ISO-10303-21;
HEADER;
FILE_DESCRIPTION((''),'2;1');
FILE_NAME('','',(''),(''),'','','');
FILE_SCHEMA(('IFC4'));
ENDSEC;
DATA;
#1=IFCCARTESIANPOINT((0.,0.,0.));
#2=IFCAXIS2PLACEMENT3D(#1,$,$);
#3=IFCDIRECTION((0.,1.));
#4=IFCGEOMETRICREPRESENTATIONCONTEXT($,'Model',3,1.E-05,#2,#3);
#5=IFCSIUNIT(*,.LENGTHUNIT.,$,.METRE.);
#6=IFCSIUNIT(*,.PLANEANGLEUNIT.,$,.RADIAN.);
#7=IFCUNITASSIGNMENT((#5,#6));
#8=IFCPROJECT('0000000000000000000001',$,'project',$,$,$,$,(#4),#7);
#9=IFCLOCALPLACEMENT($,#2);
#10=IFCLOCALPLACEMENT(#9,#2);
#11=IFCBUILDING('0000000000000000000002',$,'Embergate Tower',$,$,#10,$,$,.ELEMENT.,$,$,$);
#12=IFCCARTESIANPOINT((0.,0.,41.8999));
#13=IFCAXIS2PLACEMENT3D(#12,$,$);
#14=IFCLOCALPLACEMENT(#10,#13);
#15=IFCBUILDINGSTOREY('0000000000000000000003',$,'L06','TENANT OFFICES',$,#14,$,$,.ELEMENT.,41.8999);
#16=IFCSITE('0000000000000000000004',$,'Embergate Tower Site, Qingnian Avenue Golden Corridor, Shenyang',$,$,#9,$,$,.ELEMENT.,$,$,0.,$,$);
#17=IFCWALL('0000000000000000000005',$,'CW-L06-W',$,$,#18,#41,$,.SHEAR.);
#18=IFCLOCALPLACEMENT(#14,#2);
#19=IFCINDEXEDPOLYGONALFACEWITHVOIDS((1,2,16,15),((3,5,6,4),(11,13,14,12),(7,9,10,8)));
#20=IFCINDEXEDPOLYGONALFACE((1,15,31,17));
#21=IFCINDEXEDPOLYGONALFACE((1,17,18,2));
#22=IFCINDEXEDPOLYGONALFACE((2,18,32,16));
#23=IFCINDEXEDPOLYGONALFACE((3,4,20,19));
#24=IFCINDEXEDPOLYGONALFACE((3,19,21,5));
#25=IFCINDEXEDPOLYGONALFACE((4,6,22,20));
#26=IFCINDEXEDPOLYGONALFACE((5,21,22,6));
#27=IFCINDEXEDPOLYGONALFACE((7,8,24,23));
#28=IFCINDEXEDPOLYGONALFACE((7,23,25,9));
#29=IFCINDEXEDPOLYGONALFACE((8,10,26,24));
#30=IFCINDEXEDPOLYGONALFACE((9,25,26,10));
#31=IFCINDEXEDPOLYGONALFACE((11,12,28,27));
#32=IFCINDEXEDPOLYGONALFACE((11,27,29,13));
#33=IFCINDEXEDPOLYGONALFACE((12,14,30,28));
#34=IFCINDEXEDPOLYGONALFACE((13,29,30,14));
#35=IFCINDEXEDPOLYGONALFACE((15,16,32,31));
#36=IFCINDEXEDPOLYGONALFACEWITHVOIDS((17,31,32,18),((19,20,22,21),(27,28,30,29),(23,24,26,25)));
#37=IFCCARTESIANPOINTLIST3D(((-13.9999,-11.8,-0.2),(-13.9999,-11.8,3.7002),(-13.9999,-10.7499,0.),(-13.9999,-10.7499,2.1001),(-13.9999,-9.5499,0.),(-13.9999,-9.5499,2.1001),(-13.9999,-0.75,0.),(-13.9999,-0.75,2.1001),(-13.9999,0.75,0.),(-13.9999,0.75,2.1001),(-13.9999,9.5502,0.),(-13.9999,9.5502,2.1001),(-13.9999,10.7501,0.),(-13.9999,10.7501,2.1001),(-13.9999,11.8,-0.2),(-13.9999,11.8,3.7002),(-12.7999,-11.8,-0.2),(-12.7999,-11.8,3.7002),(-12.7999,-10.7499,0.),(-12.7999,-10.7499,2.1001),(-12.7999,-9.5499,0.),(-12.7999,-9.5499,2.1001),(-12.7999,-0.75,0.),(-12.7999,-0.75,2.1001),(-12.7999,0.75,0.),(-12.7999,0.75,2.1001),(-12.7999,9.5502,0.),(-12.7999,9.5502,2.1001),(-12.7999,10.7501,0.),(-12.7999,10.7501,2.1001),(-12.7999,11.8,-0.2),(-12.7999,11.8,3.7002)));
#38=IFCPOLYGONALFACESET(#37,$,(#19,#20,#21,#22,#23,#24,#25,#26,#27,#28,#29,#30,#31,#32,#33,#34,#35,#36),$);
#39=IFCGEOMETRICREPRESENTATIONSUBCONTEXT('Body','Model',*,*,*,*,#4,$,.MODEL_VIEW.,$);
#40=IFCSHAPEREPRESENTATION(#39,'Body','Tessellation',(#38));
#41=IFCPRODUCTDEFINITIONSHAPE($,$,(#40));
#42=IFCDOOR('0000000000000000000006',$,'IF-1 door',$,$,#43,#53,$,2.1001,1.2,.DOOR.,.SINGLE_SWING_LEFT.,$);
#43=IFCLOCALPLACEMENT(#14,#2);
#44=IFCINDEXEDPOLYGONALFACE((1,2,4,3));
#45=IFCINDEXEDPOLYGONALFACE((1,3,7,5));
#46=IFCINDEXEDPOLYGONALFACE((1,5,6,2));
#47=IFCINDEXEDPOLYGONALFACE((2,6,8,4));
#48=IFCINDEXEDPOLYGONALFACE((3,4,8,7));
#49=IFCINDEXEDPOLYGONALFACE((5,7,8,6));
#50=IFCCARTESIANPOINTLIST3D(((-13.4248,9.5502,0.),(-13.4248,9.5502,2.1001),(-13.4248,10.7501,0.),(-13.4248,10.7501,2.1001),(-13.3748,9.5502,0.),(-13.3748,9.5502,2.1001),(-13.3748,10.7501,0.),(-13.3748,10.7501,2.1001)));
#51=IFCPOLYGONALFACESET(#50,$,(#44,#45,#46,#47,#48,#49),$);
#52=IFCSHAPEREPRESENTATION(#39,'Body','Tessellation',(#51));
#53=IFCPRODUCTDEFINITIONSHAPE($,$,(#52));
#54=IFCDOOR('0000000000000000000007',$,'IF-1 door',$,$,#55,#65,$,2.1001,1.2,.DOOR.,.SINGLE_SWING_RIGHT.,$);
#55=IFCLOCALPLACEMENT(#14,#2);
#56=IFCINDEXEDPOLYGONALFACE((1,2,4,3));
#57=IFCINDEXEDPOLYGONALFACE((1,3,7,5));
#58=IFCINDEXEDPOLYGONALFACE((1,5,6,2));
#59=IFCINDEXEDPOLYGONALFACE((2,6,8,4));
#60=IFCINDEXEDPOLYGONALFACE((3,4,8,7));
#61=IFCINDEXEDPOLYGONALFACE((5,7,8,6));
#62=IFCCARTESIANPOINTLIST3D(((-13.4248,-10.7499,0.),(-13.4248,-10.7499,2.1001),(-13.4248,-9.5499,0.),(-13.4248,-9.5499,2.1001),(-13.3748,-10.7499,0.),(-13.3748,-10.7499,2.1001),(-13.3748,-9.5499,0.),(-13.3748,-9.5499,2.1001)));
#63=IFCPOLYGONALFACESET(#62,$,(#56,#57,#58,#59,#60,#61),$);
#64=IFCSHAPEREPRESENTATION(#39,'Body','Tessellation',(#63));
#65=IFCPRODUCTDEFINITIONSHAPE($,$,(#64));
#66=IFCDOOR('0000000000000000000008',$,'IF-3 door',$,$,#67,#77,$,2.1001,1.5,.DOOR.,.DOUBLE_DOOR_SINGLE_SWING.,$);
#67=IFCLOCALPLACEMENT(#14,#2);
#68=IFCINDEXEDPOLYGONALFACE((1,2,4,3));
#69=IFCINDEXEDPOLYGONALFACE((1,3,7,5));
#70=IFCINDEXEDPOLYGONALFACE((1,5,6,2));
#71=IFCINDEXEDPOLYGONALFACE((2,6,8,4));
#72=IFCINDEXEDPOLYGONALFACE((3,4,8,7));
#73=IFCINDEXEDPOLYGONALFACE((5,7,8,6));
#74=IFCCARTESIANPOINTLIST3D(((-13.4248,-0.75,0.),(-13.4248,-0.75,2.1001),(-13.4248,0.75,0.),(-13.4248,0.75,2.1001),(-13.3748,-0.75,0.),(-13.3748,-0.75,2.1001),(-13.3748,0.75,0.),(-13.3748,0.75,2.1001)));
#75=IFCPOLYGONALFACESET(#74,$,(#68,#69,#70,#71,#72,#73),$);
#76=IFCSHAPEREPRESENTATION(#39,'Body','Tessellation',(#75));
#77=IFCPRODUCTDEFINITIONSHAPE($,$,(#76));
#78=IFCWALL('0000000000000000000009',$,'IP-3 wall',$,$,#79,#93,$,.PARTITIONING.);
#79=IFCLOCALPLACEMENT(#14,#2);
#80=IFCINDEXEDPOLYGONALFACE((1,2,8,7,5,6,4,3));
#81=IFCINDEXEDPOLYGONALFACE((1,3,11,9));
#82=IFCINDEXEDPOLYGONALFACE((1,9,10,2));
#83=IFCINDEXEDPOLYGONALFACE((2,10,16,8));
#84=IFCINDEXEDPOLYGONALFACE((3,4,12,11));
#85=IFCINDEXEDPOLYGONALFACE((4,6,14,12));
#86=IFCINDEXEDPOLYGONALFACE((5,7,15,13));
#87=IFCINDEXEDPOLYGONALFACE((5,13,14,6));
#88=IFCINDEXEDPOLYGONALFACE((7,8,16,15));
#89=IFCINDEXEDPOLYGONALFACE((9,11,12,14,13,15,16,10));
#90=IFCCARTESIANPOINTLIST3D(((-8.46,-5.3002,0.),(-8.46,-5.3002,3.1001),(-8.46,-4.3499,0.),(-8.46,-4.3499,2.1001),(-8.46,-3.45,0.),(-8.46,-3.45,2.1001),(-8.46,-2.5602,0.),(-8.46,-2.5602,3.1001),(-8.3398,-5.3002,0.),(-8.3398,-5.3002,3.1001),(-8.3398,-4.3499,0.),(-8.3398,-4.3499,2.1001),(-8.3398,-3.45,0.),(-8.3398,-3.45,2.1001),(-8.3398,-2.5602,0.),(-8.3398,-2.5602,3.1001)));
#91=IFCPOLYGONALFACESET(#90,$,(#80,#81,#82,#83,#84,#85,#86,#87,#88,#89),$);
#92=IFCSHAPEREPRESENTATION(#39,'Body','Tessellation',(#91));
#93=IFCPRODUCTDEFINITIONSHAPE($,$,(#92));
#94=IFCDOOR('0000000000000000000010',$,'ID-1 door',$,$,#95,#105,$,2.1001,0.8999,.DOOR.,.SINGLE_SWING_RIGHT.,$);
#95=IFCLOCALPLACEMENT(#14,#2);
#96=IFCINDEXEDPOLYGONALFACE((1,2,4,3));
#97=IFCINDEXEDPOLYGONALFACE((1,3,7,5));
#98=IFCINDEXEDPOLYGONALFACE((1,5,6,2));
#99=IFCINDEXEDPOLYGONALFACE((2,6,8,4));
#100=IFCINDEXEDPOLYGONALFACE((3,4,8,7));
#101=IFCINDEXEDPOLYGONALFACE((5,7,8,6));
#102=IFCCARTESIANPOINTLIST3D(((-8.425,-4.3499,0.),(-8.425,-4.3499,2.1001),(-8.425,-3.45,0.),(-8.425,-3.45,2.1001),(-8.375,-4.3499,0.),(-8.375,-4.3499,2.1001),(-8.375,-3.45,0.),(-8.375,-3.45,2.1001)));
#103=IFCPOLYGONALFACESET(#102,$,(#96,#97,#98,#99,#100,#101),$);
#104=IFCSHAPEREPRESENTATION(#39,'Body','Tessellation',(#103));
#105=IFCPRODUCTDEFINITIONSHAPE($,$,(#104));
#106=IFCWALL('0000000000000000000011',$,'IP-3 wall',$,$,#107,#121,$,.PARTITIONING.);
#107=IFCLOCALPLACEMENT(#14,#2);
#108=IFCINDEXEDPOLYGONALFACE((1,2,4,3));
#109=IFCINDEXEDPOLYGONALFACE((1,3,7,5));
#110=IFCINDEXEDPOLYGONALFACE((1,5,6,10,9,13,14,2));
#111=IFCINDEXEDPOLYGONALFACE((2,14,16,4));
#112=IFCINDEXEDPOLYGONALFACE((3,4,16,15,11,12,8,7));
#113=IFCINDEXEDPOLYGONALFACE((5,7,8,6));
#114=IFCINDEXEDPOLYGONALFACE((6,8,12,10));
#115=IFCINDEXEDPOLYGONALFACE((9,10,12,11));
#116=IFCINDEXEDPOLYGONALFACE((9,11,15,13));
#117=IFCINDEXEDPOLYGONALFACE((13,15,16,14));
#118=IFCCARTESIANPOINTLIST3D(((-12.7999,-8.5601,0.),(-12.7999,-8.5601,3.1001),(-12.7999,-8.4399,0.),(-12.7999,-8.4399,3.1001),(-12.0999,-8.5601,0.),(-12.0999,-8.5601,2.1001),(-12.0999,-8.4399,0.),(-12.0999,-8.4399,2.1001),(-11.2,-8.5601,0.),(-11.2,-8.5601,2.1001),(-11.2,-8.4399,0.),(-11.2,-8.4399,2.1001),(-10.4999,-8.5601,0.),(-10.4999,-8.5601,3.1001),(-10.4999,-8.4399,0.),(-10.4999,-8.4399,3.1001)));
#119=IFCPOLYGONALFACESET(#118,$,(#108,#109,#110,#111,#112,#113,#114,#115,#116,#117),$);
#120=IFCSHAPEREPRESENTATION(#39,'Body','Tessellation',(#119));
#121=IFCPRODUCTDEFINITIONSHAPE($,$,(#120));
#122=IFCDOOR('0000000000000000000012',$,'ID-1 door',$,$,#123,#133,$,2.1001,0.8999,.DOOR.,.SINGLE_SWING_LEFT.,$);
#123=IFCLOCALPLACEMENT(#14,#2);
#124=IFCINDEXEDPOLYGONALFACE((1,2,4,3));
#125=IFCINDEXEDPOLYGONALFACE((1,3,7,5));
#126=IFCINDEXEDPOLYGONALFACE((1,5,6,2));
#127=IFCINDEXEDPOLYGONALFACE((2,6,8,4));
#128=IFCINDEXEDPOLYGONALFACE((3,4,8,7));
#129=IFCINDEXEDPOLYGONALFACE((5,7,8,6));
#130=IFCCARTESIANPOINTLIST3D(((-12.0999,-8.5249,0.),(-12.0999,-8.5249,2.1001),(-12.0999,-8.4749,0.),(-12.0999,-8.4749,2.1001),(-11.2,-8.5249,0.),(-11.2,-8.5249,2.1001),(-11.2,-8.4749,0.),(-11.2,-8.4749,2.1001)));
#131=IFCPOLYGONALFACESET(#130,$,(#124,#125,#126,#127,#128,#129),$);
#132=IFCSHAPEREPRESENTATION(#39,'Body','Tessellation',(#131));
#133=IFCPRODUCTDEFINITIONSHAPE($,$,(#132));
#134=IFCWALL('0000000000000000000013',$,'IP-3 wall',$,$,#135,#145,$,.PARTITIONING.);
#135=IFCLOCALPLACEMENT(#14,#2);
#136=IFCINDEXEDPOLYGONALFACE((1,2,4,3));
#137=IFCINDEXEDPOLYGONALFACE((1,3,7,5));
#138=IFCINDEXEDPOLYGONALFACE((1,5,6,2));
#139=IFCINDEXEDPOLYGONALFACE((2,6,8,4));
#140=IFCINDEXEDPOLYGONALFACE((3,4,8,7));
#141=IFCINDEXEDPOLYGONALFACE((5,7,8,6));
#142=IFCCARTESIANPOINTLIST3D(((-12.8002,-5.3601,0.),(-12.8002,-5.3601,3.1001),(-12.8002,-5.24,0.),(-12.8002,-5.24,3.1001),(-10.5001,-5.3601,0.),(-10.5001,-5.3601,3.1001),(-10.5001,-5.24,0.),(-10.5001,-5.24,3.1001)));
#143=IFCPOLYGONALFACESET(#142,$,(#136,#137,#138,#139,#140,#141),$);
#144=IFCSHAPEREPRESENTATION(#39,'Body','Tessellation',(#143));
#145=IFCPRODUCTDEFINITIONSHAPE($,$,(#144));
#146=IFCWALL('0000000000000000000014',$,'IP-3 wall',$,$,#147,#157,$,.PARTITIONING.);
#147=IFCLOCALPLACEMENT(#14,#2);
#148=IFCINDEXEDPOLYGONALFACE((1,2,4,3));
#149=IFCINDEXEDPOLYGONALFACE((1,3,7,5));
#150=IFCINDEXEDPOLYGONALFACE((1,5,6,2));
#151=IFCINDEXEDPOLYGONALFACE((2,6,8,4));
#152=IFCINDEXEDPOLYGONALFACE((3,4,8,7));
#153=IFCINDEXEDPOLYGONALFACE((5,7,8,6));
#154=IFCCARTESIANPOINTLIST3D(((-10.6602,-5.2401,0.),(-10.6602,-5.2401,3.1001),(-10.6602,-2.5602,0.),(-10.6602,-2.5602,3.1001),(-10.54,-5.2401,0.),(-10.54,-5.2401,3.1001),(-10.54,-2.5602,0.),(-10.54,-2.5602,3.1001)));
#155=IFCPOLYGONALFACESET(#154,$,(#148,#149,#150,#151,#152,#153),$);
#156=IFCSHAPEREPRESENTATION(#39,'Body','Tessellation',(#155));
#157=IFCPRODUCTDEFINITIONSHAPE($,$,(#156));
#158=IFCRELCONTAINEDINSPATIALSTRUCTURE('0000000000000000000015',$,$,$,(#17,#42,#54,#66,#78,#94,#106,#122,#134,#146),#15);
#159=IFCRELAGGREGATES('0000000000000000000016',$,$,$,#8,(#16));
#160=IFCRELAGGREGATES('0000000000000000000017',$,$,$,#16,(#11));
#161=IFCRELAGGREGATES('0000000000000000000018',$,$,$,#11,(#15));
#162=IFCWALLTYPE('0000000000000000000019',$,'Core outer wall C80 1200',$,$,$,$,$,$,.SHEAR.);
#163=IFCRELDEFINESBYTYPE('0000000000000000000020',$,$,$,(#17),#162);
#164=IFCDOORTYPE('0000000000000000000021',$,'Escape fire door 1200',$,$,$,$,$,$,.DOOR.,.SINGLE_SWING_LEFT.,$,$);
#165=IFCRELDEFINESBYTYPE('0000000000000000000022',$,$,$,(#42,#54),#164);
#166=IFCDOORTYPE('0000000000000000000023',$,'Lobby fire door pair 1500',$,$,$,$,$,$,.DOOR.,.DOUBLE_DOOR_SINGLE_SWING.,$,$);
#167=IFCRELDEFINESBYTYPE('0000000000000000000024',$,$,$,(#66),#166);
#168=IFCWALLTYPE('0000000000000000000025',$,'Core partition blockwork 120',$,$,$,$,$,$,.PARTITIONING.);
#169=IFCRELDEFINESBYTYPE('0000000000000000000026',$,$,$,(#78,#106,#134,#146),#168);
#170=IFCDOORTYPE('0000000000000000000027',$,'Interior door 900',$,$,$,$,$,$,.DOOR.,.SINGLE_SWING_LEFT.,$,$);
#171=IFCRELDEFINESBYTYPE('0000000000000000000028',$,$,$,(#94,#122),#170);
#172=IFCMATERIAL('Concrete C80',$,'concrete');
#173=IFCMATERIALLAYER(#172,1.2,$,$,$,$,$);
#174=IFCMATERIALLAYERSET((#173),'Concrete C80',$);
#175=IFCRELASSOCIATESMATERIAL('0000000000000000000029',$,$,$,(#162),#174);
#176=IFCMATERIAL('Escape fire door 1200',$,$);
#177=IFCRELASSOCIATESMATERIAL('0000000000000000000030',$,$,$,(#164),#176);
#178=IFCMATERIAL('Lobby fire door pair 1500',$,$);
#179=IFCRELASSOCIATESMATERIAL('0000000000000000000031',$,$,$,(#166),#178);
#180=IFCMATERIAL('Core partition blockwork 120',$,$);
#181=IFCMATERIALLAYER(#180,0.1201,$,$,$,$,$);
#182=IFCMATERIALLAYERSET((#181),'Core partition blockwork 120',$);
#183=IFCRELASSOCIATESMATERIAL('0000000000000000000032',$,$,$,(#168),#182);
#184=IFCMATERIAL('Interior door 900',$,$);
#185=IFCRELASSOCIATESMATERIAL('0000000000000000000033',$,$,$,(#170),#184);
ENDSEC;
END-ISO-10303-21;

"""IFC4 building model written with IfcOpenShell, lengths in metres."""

from ifc_helpers import new_model, si_unit, direction, frame, frame_2d, origin, place, context, subcontext, project, spatial, rectangle, extrude, source, transform, mapped, material, layer, layer_set, type_object, element, fill, save


model = new_model("IFC4")

# Units and contexts
model_context = context("Model", 3, precision=1e-05, world=origin(), true_north=direction((0.0, 1.0)))
body_context = subcontext(model_context, "Body", "Model", "MODEL_VIEW")
ifc_project = project(units=[si_unit("LENGTHUNIT", "METRE"), si_unit("PLANEANGLEUNIT", "RADIAN")], contexts=[model_context])

# Site, building, storey
site_placement = place(None, origin())
site = spatial("IfcSite", under=ifc_project, at=site_placement, Name="Embergate Tower Site, Qingnian Avenue Golden Corridor, Shenyang", CompositionType="ELEMENT", RefElevation=0.0)
building_placement = place(site_placement, origin())
building = spatial("IfcBuilding", under=site, at=building_placement, Name="Embergate Tower", CompositionType="ELEMENT")
storey_placement = place(building_placement, frame((0.0, 0.0, 41.8999)))
storey = spatial("IfcBuildingStorey", under=building, at=storey_placement, Name="L06", Description="TENANT OFFICES", CompositionType="ELEMENT", Elevation=41.8999)

# Wall, openings, doors
ifc_material_1 = material(Name="Concrete C80", Category="concrete")
ifc_layer_1 = layer(ifc_material_1, 1.2)
ifc_layer_set_1 = layer_set([ifc_layer_1], Name="Concrete C80")
wall_type_1 = type_object("IfcWallType", Name="Core outer wall C80 1200", PredefinedType="SHEAR", material=ifc_layer_set_1)
shared_shape_1 = source(origin(), body_context, "Body", "SweptSolid", [
    extrude(rectangle(XDim=23.6001, YDim=1.2, at=frame_2d((11.8, 0.0))), origin(), (0.0, 0.0, 1.0), 3.9001),
])
wall_1_placement = place(storey_placement, frame((-13.3999, -11.8, -0.2), z_axis=(0.0, 0.0, 1.0), x_axis=(0.0, 1.0, 0.0)))
wall_1 = element("IfcWall", 1, at=wall_1_placement, inside=storey, type_object=wall_type_1, Name="CW-L06-W", PredefinedType="SHEAR", context=body_context, shape_type="MappedRepresentation", body=[
    mapped(shared_shape_1, transform((0.0, 0.0, 0.0))),
])
shared_shape_2 = source(origin(), body_context, "Body", "SweptSolid", [
    extrude(rectangle(XDim=1.2, YDim=2.1001, at=frame_2d((0.6001, 1.05))), frame((0.0, 0.6099, 0.0), z_axis=(0.0, -1.0, 0.0), x_axis=(1.0, 0.0, 0.0)), (0.0, 0.0, 1.0), 1.22),
])
opening_1_placement = place(wall_1_placement, frame((21.3501, 0.0, 0.2)))
opening_1 = element("IfcOpeningElement", 2, at=opening_1_placement, cuts=wall_1, PredefinedType="OPENING", context=body_context, shape_type="MappedRepresentation", body=[
    mapped(shared_shape_2, transform((0.0, 0.0, 0.0))),
])
opening_2_placement = place(wall_1_placement, frame((1.05, 0.0, 0.2)))
opening_2 = element("IfcOpeningElement", 3, at=opening_2_placement, cuts=wall_1, PredefinedType="OPENING", context=body_context, shape_type="MappedRepresentation", body=[
    mapped(shared_shape_2, transform((0.0, 0.0, 0.0))),
])
shared_shape_3 = source(origin(), body_context, "Body", "SweptSolid", [
    extrude(rectangle(XDim=1.5, YDim=2.1001, at=frame_2d((0.75, 1.05))), frame((0.0, 0.6099, 0.0), z_axis=(0.0, -1.0, 0.0), x_axis=(1.0, 0.0, 0.0)), (0.0, 0.0, 1.0), 1.22),
])
opening_3_placement = place(wall_1_placement, frame((11.05, 0.0, 0.2)))
opening_3 = element("IfcOpeningElement", 4, at=opening_3_placement, cuts=wall_1, PredefinedType="OPENING", context=body_context, shape_type="MappedRepresentation", body=[
    mapped(shared_shape_3, transform((0.0, 0.0, 0.0))),
])
ifc_material_2 = material(Name="Escape fire door 1200")
door_type_1 = type_object("IfcDoorType", Name="Escape fire door 1200", OperationType="SINGLE_SWING_LEFT", PredefinedType="DOOR", material=ifc_material_2)
shared_shape_4 = source(origin(), body_context, "Body", "SweptSolid", [
    extrude(rectangle(XDim=1.2, YDim=2.1001, at=frame_2d((0.6001, 1.05))), frame((0.0, 0.0249, 0.0), z_axis=(0.0, -1.0, 0.0), x_axis=(1.0, 0.0, 0.0)), (0.0, 0.0, 1.0), 0.05),
])
door_1_placement = place(opening_1_placement, origin())
door_1 = element("IfcDoor", 5, at=door_1_placement, inside=storey, type_object=door_type_1, Name="IF-1 door", OperationType="SINGLE_SWING_LEFT", OverallHeight=2.1001, OverallWidth=1.2, PredefinedType="DOOR", context=body_context, shape_type="MappedRepresentation", body=[
    mapped(shared_shape_4, transform((0.0, 0.0, 0.0))),
])
fill(opening_1, door_1)
door_2_placement = place(opening_2_placement, origin())
door_2 = element("IfcDoor", 6, at=door_2_placement, inside=storey, type_object=door_type_1, Name="IF-1 door", OperationType="SINGLE_SWING_RIGHT", OverallHeight=2.1001, OverallWidth=1.2, PredefinedType="DOOR", context=body_context, shape_type="MappedRepresentation", body=[
    mapped(shared_shape_4, transform((0.0, 0.0, 0.0))),
])
fill(opening_2, door_2)
ifc_material_3 = material(Name="Lobby fire door pair 1500")
door_type_2 = type_object("IfcDoorType", Name="Lobby fire door pair 1500", OperationType="DOUBLE_DOOR_SINGLE_SWING", PredefinedType="DOOR", material=ifc_material_3)
shared_shape_5 = source(origin(), body_context, "Body", "SweptSolid", [
    extrude(rectangle(XDim=1.5, YDim=2.1001, at=frame_2d((0.75, 1.05))), frame((0.0, 0.0249, 0.0), z_axis=(0.0, -1.0, 0.0), x_axis=(1.0, 0.0, 0.0)), (0.0, 0.0, 1.0), 0.05),
])
door_3_placement = place(opening_3_placement, origin())
door_3 = element("IfcDoor", 7, at=door_3_placement, inside=storey, type_object=door_type_2, Name="IF-3 door", OperationType="DOUBLE_DOOR_SINGLE_SWING", OverallHeight=2.1001, OverallWidth=1.5, PredefinedType="DOOR", context=body_context, shape_type="MappedRepresentation", body=[
    mapped(shared_shape_5, transform((0.0, 0.0, 0.0))),
])
fill(opening_3, door_3)

# Walls, openings, doors
ifc_material_4 = material(Name="Core partition blockwork 120")
ifc_layer_2 = layer(ifc_material_4, 0.1201)
ifc_layer_set_2 = layer_set([ifc_layer_2], Name="Core partition blockwork 120")
wall_type_2 = type_object("IfcWallType", Name="Core partition blockwork 120", PredefinedType="PARTITIONING", material=ifc_layer_set_2)
shared_shape_6 = source(origin(), body_context, "Body", "SweptSolid", [
    extrude(rectangle(XDim=2.74, YDim=0.1201, at=frame_2d((1.3701, 0.0))), origin(), (0.0, 0.0, 1.0), 3.1001),
])
wall_2_placement = place(storey_placement, frame((-8.3999, -2.5601, 0.0), z_axis=(0.0, 0.0, 1.0), x_axis=(0.0, -1.0, 0.0)))
wall_2 = element("IfcWall", 8, at=wall_2_placement, inside=storey, type_object=wall_type_2, Name="IP-3 wall", PredefinedType="PARTITIONING", context=body_context, shape_type="MappedRepresentation", body=[
    mapped(shared_shape_6, transform((0.0, 0.0, 0.0))),
])
shared_shape_7 = source(origin(), body_context, "Body", "SweptSolid", [
    extrude(rectangle(XDim=0.8999, YDim=2.1001, at=frame_2d((0.45, 1.05))), frame((0.0, 0.0701, 0.0), z_axis=(0.0, -1.0, 0.0), x_axis=(1.0, 0.0, 0.0)), (0.0, 0.0, 1.0), 0.1401),
])
opening_4_placement = place(wall_2_placement, frame((0.8899, 0.0, 0.0)))
opening_4 = element("IfcOpeningElement", 9, at=opening_4_placement, cuts=wall_2, PredefinedType="OPENING", context=body_context, shape_type="MappedRepresentation", body=[
    mapped(shared_shape_7, transform((0.0, 0.0, 0.0))),
])
ifc_material_5 = material(Name="Interior door 900")
door_type_3 = type_object("IfcDoorType", Name="Interior door 900", OperationType="SINGLE_SWING_LEFT", PredefinedType="DOOR", material=ifc_material_5)
shared_shape_8 = source(origin(), body_context, "Body", "SweptSolid", [
    extrude(rectangle(XDim=0.8999, YDim=2.1001, at=frame_2d((0.45, 1.05))), frame((0.0, 0.0249, 0.0), z_axis=(0.0, -1.0, 0.0), x_axis=(1.0, 0.0, 0.0)), (0.0, 0.0, 1.0), 0.05),
])
door_4_placement = place(opening_4_placement, origin())
door_4 = element("IfcDoor", 10, at=door_4_placement, inside=storey, type_object=door_type_3, Name="ID-1 door", OperationType="SINGLE_SWING_RIGHT", OverallHeight=2.1001, OverallWidth=0.8999, PredefinedType="DOOR", context=body_context, shape_type="MappedRepresentation", body=[
    mapped(shared_shape_8, transform((0.0, 0.0, 0.0))),
])
fill(opening_4, door_4)
shared_shape_9 = source(origin(), body_context, "Body", "SweptSolid", [
    extrude(rectangle(XDim=2.3, YDim=0.1201, at=frame_2d((1.1499, 0.0))), origin(), (0.0, 0.0, 1.0), 3.1001),
])
wall_3_placement = place(storey_placement, frame((-10.5, -8.5, 0.0), z_axis=(0.0, 0.0, 1.0), x_axis=(-1.0, 0.0, 0.0)))
wall_3 = element("IfcWall", 11, at=wall_3_placement, inside=storey, type_object=wall_type_2, Name="IP-3 wall", PredefinedType="PARTITIONING", context=body_context, shape_type="MappedRepresentation", body=[
    mapped(shared_shape_9, transform((0.0, 0.0, 0.0))),
])
opening_5_placement = place(wall_3_placement, frame((0.7, 0.0, 0.0)))
opening_5 = element("IfcOpeningElement", 12, at=opening_5_placement, cuts=wall_3, PredefinedType="OPENING", context=body_context, shape_type="MappedRepresentation", body=[
    mapped(shared_shape_7, transform((0.0, 0.0, 0.0))),
])
door_5_placement = place(opening_5_placement, origin())
door_5 = element("IfcDoor", 13, at=door_5_placement, inside=storey, type_object=door_type_3, Name="ID-1 door", OperationType="SINGLE_SWING_LEFT", OverallHeight=2.1001, OverallWidth=0.8999, PredefinedType="DOOR", context=body_context, shape_type="MappedRepresentation", body=[
    mapped(shared_shape_8, transform((0.0, 0.0, 0.0))),
])
fill(opening_5, door_5)

# Walls
wall_4_placement = place(storey_placement, frame((-12.8, -5.3, 0.0), z_axis=(0.0, 0.0, 1.0), x_axis=(1.0, 0.0, 0.0)))
element("IfcWall", 14, at=wall_4_placement, inside=storey, type_object=wall_type_2, Name="IP-3 wall", PredefinedType="PARTITIONING", context=body_context, shape_type="MappedRepresentation", body=[
    mapped(shared_shape_9, transform((0.0, 0.0, 0.0))),
])
shared_shape_10 = source(origin(), body_context, "Body", "SweptSolid", [
    extrude(rectangle(XDim=2.6799, YDim=0.1201, at=frame_2d((1.3398, 0.0))), origin(), (0.0, 0.0, 1.0), 3.1001),
])
wall_5_placement = place(storey_placement, frame((-10.6001, -5.24, 0.0), z_axis=(0.0, 0.0, 1.0), x_axis=(0.0, 1.0, 0.0)))
element("IfcWall", 15, at=wall_5_placement, inside=storey, type_object=wall_type_2, Name="IP-3 wall", PredefinedType="PARTITIONING", context=body_context, shape_type="MappedRepresentation", body=[
    mapped(shared_shape_10, transform((0.0, 0.0, 0.0))),
])

save(model, "model.ifc")
